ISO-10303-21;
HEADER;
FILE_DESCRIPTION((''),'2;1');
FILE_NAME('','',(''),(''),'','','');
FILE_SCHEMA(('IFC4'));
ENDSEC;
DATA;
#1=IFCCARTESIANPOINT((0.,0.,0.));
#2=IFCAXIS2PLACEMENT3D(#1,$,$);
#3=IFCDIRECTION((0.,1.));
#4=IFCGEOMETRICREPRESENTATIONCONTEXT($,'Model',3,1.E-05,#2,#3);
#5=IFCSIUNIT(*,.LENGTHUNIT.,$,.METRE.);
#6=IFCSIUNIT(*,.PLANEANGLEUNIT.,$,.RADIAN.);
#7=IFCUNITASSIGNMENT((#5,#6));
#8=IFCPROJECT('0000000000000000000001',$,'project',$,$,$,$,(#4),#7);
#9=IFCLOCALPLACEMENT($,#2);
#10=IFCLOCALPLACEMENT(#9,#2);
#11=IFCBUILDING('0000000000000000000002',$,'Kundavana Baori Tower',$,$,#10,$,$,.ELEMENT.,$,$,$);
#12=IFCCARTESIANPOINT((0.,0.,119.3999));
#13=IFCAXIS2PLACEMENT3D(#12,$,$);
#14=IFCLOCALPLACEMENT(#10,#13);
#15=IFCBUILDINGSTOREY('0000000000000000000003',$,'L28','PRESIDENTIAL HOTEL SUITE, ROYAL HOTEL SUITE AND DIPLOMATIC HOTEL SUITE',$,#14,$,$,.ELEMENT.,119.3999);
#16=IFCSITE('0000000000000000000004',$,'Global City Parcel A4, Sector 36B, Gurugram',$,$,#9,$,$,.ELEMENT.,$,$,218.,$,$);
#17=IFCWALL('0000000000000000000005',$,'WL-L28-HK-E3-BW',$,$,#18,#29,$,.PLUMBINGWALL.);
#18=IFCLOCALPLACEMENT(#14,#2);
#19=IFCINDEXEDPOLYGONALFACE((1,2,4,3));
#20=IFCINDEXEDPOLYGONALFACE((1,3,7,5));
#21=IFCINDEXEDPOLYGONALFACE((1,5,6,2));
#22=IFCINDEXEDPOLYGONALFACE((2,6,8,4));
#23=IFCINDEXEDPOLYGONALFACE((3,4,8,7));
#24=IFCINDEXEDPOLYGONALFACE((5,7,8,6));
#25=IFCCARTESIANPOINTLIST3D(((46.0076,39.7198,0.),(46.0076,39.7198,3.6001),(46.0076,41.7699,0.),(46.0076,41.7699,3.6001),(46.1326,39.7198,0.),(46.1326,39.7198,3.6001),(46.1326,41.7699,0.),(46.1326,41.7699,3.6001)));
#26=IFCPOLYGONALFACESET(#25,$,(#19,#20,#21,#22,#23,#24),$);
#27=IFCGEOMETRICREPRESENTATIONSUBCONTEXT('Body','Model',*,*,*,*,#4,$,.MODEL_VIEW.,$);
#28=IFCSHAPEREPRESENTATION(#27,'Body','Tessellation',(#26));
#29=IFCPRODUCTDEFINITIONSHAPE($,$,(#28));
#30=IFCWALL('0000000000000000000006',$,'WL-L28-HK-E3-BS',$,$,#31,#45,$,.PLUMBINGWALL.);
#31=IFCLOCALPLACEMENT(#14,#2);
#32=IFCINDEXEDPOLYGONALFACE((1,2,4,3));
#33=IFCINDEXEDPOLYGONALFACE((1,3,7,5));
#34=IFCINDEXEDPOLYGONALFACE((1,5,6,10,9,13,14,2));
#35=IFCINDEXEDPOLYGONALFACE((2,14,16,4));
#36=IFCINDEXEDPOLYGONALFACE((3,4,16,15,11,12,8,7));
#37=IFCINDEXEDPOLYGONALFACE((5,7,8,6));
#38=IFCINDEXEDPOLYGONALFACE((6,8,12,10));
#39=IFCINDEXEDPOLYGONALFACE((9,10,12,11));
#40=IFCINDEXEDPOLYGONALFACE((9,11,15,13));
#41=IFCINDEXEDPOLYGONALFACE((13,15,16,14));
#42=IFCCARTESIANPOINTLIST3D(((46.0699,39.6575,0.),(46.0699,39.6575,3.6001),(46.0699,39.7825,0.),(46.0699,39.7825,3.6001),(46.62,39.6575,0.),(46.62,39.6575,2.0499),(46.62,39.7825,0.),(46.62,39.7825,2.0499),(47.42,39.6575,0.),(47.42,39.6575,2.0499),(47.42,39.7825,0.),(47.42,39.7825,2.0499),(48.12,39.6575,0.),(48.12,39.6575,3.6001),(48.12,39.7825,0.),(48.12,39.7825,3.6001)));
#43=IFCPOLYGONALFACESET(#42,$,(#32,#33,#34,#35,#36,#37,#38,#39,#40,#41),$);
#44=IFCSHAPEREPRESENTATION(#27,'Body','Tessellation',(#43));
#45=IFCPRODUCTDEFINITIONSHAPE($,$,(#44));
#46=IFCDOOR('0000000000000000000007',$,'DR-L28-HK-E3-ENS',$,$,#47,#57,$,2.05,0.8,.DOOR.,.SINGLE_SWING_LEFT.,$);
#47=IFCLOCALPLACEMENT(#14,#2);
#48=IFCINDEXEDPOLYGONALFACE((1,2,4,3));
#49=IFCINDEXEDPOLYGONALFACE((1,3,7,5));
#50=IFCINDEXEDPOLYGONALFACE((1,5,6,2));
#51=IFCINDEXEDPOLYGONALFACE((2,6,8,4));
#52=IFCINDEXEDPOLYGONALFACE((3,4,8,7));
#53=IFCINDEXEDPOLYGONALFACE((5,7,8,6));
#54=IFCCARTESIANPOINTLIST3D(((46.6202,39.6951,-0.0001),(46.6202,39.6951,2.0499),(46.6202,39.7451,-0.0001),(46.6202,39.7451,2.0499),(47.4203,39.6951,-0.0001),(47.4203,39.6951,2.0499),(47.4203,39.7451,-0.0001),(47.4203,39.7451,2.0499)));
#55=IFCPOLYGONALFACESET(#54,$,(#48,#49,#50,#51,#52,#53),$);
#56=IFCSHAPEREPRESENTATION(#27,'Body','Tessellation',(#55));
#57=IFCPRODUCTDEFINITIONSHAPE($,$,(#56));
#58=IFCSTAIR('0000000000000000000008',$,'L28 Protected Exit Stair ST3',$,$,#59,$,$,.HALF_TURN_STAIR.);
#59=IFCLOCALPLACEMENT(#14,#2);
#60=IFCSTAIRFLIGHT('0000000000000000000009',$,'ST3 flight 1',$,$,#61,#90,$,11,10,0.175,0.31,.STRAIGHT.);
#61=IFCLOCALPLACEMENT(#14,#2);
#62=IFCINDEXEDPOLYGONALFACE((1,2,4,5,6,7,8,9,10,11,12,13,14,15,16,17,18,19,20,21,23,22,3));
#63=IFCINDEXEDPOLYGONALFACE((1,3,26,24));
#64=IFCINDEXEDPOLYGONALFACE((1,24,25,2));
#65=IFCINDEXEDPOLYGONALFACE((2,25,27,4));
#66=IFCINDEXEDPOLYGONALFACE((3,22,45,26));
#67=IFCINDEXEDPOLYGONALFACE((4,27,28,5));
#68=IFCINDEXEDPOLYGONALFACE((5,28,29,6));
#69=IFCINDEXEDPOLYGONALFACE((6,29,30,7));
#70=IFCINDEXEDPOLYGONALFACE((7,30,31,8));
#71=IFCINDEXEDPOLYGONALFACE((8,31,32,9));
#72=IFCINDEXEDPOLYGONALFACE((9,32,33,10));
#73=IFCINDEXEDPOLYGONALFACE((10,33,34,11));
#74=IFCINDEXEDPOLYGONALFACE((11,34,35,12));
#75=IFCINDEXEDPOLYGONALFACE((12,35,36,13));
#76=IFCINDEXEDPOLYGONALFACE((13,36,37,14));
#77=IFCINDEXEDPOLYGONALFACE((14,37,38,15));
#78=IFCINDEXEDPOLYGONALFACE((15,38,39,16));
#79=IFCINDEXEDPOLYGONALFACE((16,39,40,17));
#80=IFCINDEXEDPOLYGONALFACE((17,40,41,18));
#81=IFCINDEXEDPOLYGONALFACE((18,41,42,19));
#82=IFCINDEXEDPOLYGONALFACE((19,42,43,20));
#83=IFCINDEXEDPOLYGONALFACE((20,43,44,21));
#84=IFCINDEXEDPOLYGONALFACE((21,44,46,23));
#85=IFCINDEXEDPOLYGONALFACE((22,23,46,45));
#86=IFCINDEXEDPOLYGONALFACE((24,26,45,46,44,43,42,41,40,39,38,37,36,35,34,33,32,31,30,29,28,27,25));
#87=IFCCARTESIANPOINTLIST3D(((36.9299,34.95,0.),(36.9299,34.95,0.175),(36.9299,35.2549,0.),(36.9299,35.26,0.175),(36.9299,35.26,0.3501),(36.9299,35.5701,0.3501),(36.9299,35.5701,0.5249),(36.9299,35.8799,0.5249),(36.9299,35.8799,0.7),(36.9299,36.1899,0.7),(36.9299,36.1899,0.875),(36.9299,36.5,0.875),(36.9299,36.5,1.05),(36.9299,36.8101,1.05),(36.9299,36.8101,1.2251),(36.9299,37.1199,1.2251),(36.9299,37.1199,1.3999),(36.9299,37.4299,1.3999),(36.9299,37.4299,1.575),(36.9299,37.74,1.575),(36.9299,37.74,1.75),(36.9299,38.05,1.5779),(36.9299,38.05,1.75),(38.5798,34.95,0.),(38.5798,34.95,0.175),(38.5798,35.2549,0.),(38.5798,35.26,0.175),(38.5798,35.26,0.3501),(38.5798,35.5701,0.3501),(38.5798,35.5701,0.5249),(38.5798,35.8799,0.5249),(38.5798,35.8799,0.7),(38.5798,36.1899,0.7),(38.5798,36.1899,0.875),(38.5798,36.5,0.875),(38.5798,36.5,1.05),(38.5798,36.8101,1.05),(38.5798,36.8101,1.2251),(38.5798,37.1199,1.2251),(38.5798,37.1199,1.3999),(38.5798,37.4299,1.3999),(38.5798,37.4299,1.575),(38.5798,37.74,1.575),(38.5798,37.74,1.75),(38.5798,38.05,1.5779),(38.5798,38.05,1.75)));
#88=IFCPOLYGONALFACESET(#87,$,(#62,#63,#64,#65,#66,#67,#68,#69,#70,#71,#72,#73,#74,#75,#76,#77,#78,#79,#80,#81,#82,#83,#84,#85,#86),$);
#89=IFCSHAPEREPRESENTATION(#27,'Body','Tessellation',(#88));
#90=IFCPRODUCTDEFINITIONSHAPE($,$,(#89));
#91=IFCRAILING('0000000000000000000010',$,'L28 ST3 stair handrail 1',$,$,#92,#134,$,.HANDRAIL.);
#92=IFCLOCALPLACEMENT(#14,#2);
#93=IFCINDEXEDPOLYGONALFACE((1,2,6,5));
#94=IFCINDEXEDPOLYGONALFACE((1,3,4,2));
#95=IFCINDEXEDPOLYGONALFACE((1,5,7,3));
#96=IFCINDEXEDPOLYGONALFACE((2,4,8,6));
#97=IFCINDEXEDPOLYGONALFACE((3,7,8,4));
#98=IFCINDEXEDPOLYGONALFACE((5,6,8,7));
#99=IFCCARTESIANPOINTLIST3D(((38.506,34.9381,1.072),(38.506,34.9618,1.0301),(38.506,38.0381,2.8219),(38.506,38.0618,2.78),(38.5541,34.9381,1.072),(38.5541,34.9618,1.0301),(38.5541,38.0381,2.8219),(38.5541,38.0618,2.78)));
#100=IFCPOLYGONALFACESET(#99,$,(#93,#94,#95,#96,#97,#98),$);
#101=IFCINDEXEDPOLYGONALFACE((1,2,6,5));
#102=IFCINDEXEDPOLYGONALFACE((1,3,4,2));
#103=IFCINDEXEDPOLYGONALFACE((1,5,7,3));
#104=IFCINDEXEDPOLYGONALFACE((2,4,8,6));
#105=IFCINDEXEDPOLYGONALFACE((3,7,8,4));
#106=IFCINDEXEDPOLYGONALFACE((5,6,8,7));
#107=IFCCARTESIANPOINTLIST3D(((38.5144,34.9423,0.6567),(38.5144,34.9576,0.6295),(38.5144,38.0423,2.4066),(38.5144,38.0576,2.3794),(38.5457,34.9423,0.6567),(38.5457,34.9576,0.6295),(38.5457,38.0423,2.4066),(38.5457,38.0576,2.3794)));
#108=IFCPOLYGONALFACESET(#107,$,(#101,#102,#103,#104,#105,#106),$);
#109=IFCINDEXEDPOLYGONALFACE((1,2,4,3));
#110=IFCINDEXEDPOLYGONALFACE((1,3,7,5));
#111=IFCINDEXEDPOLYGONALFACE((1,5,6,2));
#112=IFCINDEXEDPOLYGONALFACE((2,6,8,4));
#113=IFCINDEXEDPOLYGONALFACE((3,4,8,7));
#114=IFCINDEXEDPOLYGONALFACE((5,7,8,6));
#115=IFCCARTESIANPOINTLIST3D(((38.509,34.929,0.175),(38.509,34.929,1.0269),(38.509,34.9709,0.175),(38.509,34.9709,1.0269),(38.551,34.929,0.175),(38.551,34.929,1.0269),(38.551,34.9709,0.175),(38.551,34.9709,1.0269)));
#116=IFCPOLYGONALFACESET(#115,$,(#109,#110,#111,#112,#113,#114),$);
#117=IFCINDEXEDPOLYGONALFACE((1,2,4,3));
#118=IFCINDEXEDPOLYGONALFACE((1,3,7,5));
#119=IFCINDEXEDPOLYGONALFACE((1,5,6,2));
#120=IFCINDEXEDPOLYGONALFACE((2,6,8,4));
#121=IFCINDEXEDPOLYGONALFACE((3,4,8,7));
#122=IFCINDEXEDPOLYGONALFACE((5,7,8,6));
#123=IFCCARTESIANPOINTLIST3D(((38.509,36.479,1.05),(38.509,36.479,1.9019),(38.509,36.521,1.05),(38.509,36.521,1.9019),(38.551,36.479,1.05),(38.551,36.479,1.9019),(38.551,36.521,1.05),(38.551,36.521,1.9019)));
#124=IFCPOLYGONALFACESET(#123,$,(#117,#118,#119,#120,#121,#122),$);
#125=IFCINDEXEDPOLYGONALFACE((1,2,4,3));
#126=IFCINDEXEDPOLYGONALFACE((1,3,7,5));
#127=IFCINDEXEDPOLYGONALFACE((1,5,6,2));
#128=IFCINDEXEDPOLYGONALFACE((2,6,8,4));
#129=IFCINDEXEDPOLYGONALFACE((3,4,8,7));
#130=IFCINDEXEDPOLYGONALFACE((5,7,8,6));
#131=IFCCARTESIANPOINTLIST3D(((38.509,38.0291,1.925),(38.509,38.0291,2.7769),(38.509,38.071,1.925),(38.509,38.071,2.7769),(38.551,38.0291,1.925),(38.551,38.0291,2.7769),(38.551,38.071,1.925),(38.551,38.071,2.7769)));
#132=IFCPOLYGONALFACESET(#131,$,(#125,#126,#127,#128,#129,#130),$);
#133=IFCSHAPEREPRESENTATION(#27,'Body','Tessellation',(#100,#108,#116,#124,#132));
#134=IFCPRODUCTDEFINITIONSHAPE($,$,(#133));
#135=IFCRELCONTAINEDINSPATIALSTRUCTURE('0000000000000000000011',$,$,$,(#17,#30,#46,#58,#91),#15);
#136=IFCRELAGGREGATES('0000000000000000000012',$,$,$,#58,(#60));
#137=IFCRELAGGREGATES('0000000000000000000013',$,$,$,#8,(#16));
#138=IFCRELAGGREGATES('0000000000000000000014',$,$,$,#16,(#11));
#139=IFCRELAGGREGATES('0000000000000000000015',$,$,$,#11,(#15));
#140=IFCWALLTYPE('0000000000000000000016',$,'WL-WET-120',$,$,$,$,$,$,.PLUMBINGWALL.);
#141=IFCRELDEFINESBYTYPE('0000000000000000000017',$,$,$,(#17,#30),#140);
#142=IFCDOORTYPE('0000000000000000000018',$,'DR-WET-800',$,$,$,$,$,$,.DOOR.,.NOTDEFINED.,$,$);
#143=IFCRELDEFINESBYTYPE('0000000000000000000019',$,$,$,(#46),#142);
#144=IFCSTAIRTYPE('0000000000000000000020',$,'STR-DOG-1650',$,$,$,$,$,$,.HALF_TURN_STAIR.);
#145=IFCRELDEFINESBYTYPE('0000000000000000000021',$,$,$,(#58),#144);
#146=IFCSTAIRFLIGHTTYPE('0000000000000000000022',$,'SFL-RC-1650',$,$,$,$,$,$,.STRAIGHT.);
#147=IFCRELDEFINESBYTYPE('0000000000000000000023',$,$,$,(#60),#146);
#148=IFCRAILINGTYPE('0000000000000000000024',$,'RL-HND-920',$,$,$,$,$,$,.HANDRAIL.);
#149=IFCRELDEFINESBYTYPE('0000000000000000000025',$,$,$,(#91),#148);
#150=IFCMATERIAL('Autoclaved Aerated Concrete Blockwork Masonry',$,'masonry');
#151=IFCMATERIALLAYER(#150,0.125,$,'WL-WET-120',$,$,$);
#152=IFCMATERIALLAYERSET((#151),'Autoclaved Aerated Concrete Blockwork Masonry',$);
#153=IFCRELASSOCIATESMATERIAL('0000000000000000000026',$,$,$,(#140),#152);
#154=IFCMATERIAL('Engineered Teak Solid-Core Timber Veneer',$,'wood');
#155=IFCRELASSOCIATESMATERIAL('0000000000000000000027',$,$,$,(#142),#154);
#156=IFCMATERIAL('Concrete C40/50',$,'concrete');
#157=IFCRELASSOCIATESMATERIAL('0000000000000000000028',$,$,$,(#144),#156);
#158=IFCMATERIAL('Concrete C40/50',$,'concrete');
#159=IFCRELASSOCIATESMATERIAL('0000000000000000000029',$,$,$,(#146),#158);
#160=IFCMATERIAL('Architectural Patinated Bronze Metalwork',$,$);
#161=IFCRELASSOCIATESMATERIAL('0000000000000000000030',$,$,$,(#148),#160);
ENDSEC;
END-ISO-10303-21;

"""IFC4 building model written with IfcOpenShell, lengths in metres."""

from ifc_helpers import new_model, si_unit, direction, frame, frame_2d, origin, origin_2d, place, context, subcontext, project, spatial, polyline, rectangle, outline, extrude, material, layer, layer_set, type_object, element, fill, aggregate, save


model = new_model("IFC4")

# Units and contexts
model_context = context("Model", 3, precision=1e-05, world=origin(), true_north=direction((0.0, 1.0)))
body_context = subcontext(model_context, "Body", "Model", "MODEL_VIEW")
ifc_project = project(units=[si_unit("LENGTHUNIT", "METRE"), si_unit("PLANEANGLEUNIT", "RADIAN")], contexts=[model_context])

# Site, building, storey
site_placement = place(None, origin())
site = spatial("IfcSite", under=ifc_project, at=site_placement, Name="Global City Parcel A4, Sector 36B, Gurugram", CompositionType="ELEMENT", RefElevation=218.0)
building_placement = place(site_placement, origin())
building = spatial("IfcBuilding", under=site, at=building_placement, Name="Kundavana Baori Tower", CompositionType="ELEMENT")
storey_placement = place(building_placement, frame((0.0, 0.0, 119.3999)))
storey = spatial("IfcBuildingStorey", under=building, at=storey_placement, Name="L28", Description="PRESIDENTIAL HOTEL SUITE, ROYAL HOTEL SUITE AND DIPLOMATIC HOTEL SUITE", CompositionType="ELEMENT", Elevation=119.3999)

# Wall
ifc_material_1 = material(Name="Autoclaved Aerated Concrete Blockwork Masonry", Category="masonry")
ifc_layer_1 = layer(ifc_material_1, 0.125, Name="WL-WET-120")
ifc_layer_set_1 = layer_set([ifc_layer_1], Name="Autoclaved Aerated Concrete Blockwork Masonry")
wall_type_1 = type_object("IfcWallType", Name="WL-WET-120", PredefinedType="PLUMBINGWALL", material=ifc_layer_set_1)
wall_1_placement = place(storey_placement, frame((46.0701, 39.72, 0.0), z_axis=(0.0, 0.0, 1.0), x_axis=(0.0, 1.0, 0.0)))
element("IfcWall", 1, at=wall_1_placement, inside=storey, type_object=wall_type_1, Name="WL-L28-HK-E3-BW", PredefinedType="PLUMBINGWALL", context=body_context, shape_type="SweptSolid", body=[
    extrude(rectangle(XDim=2.05, YDim=0.125, at=frame_2d((1.0249, 0.0))), origin(), (0.0, 0.0, 1.0), 3.6001),
])

# Wall, opening, door
wall_2_placement = place(storey_placement, frame((46.0701, 39.72, 0.0), z_axis=(0.0, 0.0, 1.0), x_axis=(1.0, 0.0, 0.0)))
wall_2 = element("IfcWall", 2, at=wall_2_placement, inside=storey, type_object=wall_type_1, Name="WL-L28-HK-E3-BS", PredefinedType="PLUMBINGWALL", context=body_context, shape_type="SweptSolid", body=[
    extrude(rectangle(XDim=2.05, YDim=0.125, at=frame_2d((1.0249, 0.0))), origin(), (0.0, 0.0, 1.0), 3.6001),
])
opening_1_placement = place(wall_2_placement, frame((0.55, 0.0, 0.0)))
opening_1 = element("IfcOpeningElement", 3, at=opening_1_placement, cuts=wall_2, PredefinedType="OPENING", context=body_context, shape_type="SweptSolid", body=[
    extrude(rectangle(XDim=0.8, YDim=2.05, at=frame_2d((0.3999, 1.0249))), frame((0.0, 0.0725, 0.0), z_axis=(0.0, -1.0, 0.0), x_axis=(1.0, 0.0, 0.0)), (0.0, 0.0, 1.0), 0.145),
])
ifc_material_2 = material(Name="Engineered Teak Solid-Core Timber Veneer", Category="wood")
door_type_1 = type_object("IfcDoorType", Name="DR-WET-800", OperationType="NOTDEFINED", PredefinedType="DOOR", material=ifc_material_2)
door_1_placement = place(opening_1_placement, frame((0.8, 0.0, 0.0), z_axis=(0.0, 0.0, 1.0), x_axis=(-1.0, 0.0, 0.0)))
door_1 = element("IfcDoor", 4, at=door_1_placement, inside=storey, type_object=door_type_1, Name="DR-L28-HK-E3-ENS", OperationType="SINGLE_SWING_LEFT", OverallHeight=2.05, OverallWidth=0.8, PredefinedType="DOOR", context=body_context, shape_type="SweptSolid", body=[
    extrude(rectangle(XDim=0.8, YDim=2.05, at=frame_2d((0.3999, 1.0249))), frame((0.0, 0.0249, 0.0), z_axis=(0.0, -1.0, 0.0), x_axis=(1.0, 0.0, 0.0)), (0.0, 0.0, 1.0), 0.05),
])
fill(opening_1, door_1)

# Stair, stair flight
ifc_material_3 = material(Name="Concrete C40/50", Category="concrete")
stair_type = type_object("IfcStairType", Name="STR-DOG-1650", PredefinedType="HALF_TURN_STAIR", material=ifc_material_3)
stair_placement = place(storey_placement, origin())
stair = element("IfcStair", 5, at=stair_placement, inside=storey, type_object=stair_type, Name="L28 Protected Exit Stair ST3", PredefinedType="HALF_TURN_STAIR")
ifc_material_4 = material(Name="Concrete C40/50", Category="concrete")
stair_flight_type = type_object("IfcStairFlightType", Name="SFL-RC-1650", PredefinedType="STRAIGHT", material=ifc_material_4)
stair_flight_placement = place(storey_placement, frame((37.7549, 34.95, 0.0), z_axis=(0.0, 0.0, 1.0), x_axis=(0.0, 1.0, 0.0)))
stair_flight = element("IfcStairFlight", 6, at=stair_flight_placement, type_object=stair_flight_type, Name="ST3 flight 1", NumberOfRisers=11, NumberOfTreads=10, PredefinedType="STRAIGHT", RiserHeight=0.175, TreadLength=0.31, context=body_context, shape_type="SweptSolid", body=[
    extrude(outline(polyline([(0.0, 0.0), (0.0, 0.175), (0.3101, 0.175), (0.3101, 0.3501), (0.6201, 0.3501), (0.6201, 0.5249), (0.9299, 0.5249), (0.9299, 0.7), (1.24, 0.7), (1.24, 0.875), (1.55, 0.875), (1.55, 1.05), (1.8601, 1.05), (1.8601, 1.2251), (2.1699, 1.2251), (2.1699, 1.3999), (2.48, 1.3999), (2.48, 1.575), (2.79, 1.575), (2.79, 1.75), (3.1001, 1.75), (3.1001, 1.925), (3.1001, 1.5779), (0.3049, 0.0), (0.0, 0.0)])), frame((0.0, 0.825, 0.0), z_axis=(0.0, -1.0, 0.0), x_axis=(1.0, 0.0, 0.0)), (0.0, 0.0, 1.0), 1.6499),
])
aggregate(stair, [stair_flight])

# Railing
ifc_material_5 = material(Name="Architectural Patinated Bronze Metalwork")
railing_type_1 = type_object("IfcRailingType", Name="RL-HND-920", PredefinedType="HANDRAIL", material=ifc_material_5)
railing_1_placement = place(storey_placement, frame((38.53, 34.95, 0.175)))
element("IfcRailing", 7, at=railing_1_placement, inside=storey, type_object=railing_type_1, Name="L28 ST3 stair handrail 1", PredefinedType="HANDRAIL", context=body_context, shape_type="SweptSolid", body=[
    extrude(rectangle(XDim=0.0481, YDim=0.0481, at=origin_2d()), frame((0.0, 0.0, 0.876), z_axis=(0.0, 0.870831, 0.491583), x_axis=(-1.0, 0.0, 0.0)), (0.0, 0.0, 1.0), 3.5598),
    extrude(rectangle(XDim=0.0312, YDim=0.0312, at=origin_2d()), frame((0.0, 0.0, 0.468), z_axis=(0.0, 0.870831, 0.491583), x_axis=(-1.0, 0.0, 0.0)), (0.0, 0.0, 1.0), 3.5598),
    extrude(rectangle(XDim=0.042, YDim=0.042, at=origin_2d()), origin(), (0.0, 0.0, 1.0), 0.8518),
    extrude(rectangle(XDim=0.042, YDim=0.042, at=origin_2d()), frame((0.0, 1.55, 0.875)), (0.0, 0.0, 1.0), 0.8518),
    extrude(rectangle(XDim=0.042, YDim=0.042, at=origin_2d()), frame((0.0, 3.1001, 1.75)), (0.0, 0.0, 1.0), 0.8518),
])

save(model, "model.ifc")
